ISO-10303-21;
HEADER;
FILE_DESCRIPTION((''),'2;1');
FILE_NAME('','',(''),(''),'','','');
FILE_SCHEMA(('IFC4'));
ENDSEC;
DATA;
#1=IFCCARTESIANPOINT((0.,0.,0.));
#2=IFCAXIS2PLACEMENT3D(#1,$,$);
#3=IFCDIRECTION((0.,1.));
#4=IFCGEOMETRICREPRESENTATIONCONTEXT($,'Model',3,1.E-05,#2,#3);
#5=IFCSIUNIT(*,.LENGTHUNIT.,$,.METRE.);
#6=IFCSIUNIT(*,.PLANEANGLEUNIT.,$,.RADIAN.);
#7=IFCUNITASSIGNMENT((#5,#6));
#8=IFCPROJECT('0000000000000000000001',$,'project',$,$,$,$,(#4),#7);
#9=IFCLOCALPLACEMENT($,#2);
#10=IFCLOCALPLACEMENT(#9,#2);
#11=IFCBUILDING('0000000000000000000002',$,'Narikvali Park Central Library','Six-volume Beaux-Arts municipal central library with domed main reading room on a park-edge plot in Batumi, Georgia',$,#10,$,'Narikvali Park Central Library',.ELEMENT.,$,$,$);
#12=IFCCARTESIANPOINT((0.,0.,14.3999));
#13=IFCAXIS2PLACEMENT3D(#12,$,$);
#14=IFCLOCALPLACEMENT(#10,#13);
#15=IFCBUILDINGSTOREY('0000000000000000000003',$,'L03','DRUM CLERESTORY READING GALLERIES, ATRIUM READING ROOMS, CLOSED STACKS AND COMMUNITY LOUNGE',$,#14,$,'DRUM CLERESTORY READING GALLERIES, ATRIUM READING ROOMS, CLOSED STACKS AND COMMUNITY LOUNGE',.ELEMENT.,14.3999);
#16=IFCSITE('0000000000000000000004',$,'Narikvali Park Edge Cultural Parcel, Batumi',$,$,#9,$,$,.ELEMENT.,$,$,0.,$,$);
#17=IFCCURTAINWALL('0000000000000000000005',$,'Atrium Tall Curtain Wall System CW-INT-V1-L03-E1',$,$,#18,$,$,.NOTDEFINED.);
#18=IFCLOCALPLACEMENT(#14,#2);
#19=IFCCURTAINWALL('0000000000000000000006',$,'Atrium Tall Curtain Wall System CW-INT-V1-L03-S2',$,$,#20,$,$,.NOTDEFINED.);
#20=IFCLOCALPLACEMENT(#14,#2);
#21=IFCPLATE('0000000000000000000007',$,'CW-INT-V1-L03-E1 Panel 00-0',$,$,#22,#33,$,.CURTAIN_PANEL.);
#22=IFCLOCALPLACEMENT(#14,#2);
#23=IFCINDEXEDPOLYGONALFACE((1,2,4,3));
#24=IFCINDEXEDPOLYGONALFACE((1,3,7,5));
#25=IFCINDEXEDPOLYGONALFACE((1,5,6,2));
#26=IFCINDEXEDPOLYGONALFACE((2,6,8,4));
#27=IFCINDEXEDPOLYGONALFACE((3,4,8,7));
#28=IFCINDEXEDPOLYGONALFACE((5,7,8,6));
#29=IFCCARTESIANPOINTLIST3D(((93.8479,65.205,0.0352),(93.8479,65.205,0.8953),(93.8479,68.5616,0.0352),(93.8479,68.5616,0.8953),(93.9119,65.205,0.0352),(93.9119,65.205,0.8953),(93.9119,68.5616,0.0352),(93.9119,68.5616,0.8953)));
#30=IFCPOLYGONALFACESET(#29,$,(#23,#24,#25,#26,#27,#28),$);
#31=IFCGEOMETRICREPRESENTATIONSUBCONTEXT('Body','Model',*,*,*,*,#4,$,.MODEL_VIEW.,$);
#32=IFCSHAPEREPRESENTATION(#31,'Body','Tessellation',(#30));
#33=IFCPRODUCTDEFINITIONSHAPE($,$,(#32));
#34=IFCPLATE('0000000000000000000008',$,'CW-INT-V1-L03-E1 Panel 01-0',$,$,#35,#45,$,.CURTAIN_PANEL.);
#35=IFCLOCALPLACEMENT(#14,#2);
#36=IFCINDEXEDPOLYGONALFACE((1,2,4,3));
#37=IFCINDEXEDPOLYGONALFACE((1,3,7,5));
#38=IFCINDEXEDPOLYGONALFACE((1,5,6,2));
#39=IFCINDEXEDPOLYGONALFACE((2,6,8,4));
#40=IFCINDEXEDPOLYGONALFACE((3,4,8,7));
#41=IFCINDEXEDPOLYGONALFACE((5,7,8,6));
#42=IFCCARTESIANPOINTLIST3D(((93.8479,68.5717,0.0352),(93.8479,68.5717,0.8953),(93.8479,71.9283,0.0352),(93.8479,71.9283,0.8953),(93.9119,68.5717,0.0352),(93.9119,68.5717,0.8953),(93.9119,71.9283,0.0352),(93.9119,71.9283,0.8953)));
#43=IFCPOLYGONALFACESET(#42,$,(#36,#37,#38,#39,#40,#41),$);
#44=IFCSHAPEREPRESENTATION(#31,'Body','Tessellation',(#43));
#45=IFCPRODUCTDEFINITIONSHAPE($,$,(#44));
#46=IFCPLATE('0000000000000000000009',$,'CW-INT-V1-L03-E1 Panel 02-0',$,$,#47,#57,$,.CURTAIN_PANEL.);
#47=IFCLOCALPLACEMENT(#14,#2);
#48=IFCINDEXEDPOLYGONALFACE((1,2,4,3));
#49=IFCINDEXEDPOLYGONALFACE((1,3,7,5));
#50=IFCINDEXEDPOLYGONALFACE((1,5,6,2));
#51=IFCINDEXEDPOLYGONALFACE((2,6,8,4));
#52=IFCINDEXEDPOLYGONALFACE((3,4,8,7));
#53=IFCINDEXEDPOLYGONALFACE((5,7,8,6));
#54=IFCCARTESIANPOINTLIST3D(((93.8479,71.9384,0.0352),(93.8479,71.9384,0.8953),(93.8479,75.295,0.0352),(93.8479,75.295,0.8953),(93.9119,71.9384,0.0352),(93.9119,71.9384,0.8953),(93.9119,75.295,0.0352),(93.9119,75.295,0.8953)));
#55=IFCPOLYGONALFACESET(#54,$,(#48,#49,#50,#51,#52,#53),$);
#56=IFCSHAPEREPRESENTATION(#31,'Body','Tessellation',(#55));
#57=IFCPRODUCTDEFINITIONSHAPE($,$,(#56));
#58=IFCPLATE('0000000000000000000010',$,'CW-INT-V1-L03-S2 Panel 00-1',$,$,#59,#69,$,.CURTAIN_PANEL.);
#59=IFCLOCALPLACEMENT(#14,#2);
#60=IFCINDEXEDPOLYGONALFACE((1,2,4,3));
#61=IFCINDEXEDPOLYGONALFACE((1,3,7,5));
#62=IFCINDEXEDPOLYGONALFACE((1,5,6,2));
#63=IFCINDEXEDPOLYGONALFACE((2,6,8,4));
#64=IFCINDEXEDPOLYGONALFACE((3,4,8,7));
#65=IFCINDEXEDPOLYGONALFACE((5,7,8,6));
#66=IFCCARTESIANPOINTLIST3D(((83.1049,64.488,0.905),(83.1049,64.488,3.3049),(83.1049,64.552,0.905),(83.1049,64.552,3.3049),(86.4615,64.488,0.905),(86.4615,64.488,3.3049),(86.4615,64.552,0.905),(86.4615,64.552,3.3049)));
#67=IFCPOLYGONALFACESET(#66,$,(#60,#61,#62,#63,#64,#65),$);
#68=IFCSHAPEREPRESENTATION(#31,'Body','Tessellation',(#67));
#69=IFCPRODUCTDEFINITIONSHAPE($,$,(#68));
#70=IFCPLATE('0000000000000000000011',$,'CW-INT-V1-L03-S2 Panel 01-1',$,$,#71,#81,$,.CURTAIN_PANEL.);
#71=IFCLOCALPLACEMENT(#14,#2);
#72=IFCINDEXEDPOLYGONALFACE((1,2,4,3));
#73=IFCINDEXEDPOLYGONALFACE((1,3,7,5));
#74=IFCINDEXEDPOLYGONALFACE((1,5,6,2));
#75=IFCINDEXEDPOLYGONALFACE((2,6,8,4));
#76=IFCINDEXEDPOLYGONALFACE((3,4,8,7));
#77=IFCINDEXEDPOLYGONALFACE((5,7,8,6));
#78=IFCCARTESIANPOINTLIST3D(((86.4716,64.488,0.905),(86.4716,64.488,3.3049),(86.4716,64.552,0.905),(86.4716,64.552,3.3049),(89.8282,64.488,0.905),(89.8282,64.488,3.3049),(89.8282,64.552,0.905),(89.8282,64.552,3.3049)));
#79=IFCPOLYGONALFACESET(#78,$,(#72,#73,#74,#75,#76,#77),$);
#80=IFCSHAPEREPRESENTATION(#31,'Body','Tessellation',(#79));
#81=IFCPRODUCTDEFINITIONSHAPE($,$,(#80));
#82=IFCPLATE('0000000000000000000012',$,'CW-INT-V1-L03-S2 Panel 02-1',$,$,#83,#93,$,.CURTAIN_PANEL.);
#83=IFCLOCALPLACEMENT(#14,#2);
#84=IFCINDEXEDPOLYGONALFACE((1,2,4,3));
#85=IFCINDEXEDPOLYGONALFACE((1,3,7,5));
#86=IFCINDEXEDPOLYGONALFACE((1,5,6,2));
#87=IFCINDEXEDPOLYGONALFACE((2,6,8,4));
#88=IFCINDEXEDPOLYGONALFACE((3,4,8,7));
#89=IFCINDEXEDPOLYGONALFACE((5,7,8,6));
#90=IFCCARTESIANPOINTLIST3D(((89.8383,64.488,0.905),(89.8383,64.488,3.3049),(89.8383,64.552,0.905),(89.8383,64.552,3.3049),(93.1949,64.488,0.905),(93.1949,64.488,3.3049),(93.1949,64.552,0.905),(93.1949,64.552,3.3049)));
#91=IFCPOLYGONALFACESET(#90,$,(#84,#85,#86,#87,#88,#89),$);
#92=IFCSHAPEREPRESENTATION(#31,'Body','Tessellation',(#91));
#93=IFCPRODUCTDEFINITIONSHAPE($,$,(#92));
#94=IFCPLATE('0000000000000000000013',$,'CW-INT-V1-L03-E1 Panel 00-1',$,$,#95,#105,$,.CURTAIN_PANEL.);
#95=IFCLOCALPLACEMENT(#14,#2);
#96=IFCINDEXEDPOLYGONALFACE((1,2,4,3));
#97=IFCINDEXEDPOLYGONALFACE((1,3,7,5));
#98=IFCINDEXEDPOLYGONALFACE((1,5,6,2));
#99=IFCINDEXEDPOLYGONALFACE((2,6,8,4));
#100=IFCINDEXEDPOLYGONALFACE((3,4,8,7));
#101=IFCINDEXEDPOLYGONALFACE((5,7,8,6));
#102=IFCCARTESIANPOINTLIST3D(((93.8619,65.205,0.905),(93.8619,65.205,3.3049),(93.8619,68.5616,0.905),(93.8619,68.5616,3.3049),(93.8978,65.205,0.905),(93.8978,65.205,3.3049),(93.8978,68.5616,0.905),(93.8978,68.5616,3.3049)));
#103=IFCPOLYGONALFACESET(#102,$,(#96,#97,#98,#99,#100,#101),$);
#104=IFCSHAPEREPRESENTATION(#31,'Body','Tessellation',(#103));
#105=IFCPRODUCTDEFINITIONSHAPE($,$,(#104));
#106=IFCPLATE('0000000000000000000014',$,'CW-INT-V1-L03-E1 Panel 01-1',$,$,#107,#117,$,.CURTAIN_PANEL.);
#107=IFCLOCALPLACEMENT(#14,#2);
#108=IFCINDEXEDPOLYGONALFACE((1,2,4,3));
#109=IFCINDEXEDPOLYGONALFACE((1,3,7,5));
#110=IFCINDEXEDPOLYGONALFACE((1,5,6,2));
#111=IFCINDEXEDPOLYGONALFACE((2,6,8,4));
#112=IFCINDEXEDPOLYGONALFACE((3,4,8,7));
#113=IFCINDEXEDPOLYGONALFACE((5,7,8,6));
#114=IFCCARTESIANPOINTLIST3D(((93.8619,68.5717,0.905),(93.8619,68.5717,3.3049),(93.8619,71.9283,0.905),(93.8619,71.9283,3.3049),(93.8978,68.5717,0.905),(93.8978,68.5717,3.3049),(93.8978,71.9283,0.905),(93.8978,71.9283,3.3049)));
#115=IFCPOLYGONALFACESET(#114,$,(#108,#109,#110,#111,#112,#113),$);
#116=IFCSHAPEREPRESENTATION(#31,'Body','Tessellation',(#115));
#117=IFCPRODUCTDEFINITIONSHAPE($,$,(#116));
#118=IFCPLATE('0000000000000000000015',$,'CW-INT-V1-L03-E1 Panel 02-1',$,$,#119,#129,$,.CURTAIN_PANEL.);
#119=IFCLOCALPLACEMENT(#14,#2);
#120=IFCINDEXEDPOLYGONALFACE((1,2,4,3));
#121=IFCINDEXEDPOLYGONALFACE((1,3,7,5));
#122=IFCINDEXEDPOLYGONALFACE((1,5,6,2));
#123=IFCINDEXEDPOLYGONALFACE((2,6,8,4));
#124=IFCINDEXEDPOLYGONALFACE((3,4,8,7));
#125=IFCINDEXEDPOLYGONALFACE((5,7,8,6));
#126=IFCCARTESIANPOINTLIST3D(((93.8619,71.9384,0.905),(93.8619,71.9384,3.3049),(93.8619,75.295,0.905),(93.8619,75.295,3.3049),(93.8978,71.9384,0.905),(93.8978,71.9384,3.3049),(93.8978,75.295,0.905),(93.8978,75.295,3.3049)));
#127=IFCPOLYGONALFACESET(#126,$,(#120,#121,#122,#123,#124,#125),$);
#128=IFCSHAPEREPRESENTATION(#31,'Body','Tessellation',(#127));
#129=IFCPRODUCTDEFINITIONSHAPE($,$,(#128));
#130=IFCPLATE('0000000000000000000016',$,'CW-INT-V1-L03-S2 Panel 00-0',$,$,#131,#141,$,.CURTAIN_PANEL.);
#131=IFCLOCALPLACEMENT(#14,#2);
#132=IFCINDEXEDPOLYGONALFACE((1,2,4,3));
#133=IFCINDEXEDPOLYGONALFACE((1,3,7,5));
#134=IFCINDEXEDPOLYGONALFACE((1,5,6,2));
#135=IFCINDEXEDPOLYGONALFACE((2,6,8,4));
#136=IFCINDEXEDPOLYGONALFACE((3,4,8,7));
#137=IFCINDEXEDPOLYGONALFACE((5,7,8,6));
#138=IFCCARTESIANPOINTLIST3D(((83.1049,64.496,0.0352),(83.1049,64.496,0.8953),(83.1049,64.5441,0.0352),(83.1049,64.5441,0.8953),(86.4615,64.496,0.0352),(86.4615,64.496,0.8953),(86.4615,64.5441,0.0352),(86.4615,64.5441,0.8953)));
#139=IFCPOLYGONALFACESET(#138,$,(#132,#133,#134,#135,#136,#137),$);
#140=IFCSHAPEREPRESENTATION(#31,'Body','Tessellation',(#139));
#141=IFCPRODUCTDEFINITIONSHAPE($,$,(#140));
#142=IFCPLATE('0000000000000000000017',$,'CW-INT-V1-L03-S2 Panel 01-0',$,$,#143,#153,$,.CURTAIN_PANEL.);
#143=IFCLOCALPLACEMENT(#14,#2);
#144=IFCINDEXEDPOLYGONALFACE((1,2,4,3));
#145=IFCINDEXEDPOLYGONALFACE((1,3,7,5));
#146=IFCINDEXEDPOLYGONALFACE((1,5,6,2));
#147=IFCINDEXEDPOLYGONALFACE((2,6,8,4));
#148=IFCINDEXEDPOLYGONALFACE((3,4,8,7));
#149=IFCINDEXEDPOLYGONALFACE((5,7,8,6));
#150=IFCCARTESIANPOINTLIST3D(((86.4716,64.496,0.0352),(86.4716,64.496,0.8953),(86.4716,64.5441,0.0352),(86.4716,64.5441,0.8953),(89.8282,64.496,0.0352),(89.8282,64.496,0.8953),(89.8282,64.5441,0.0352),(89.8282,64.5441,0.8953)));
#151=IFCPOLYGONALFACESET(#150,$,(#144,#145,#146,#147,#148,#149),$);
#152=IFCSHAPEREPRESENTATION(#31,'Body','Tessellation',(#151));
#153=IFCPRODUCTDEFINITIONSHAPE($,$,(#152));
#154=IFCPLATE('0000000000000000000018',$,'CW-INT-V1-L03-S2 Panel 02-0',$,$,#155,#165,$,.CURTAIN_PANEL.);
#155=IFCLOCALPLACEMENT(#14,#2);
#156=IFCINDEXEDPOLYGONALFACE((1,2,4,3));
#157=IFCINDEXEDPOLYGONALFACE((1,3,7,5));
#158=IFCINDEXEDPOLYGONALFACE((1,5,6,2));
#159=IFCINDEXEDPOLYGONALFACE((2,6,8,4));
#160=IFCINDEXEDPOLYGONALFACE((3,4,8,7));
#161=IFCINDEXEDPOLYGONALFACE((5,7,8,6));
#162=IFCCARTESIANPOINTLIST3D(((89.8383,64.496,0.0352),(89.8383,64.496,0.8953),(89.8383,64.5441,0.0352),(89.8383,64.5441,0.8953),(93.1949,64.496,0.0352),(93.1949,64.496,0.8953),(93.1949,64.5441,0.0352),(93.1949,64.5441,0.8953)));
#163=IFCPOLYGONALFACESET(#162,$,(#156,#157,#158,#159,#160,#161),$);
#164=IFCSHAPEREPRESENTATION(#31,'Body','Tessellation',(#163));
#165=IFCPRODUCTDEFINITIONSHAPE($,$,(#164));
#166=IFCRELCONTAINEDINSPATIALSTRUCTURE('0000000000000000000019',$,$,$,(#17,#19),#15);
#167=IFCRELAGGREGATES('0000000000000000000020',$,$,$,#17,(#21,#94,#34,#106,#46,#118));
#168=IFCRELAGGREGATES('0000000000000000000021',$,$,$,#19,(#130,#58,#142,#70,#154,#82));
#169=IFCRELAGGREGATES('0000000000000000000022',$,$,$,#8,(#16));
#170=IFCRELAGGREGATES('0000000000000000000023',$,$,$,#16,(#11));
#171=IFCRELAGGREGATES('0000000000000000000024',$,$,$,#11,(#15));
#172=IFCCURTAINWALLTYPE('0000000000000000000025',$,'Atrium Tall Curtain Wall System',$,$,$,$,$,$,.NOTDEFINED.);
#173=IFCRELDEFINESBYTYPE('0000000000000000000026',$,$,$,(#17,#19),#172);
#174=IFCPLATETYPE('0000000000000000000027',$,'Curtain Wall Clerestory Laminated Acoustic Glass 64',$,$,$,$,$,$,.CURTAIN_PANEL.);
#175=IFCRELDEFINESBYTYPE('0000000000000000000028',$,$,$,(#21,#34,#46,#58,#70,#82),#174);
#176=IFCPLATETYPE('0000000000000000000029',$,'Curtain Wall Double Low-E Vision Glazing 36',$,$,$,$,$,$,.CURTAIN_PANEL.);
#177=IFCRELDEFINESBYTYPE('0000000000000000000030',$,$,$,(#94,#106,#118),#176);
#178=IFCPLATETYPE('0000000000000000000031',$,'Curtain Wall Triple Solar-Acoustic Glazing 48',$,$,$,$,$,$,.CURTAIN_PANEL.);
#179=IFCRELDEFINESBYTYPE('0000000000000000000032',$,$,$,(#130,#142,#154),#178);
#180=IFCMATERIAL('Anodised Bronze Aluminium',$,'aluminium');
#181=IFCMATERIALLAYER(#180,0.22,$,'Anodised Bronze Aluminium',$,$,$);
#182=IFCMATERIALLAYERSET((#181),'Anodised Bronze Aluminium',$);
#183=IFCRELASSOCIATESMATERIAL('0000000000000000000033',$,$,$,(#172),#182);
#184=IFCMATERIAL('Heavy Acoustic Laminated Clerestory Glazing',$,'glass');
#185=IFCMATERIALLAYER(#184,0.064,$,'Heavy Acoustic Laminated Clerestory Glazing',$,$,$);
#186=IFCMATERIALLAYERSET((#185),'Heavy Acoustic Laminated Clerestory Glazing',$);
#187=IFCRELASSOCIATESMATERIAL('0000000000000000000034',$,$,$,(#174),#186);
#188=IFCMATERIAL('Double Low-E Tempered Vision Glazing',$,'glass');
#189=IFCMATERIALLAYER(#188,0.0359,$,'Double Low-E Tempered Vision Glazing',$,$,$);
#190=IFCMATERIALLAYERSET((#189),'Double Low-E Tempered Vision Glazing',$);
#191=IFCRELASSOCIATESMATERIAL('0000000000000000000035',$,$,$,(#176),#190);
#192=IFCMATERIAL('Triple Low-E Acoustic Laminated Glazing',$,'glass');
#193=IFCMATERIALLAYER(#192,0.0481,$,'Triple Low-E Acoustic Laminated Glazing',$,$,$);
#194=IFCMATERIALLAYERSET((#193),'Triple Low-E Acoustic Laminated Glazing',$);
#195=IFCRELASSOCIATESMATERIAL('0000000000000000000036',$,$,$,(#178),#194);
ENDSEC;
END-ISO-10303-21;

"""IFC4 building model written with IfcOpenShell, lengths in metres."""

from ifc_helpers import new_model, si_unit, direction, frame, origin, origin_2d, place, context, subcontext, project, spatial, rectangle, extrude, material, layer, layer_set, type_object, element, aggregate, save


model = new_model("IFC4")

# Units and contexts
model_context = context("Model", 3, precision=1e-05, world=origin(), true_north=direction((0.0, 1.0)))
body_context = subcontext(model_context, "Body", "Model", "MODEL_VIEW")
ifc_project = project(units=[si_unit("LENGTHUNIT", "METRE"), si_unit("PLANEANGLEUNIT", "RADIAN")], contexts=[model_context])

# Site, building, storey
site_placement = place(None, origin())
site = spatial("IfcSite", under=ifc_project, at=site_placement, Name="Narikvali Park Edge Cultural Parcel, Batumi", CompositionType="ELEMENT", RefElevation=0.0)
building_placement = place(site_placement, origin())
building = spatial("IfcBuilding", under=site, at=building_placement, Name="Narikvali Park Central Library", Description="Six-volume Beaux-Arts municipal central library with domed main reading room on a park-edge plot in Batumi, Georgia", LongName="Narikvali Park Central Library", CompositionType="ELEMENT")
storey_placement = place(building_placement, frame((0.0, 0.0, 14.3999)))
storey = spatial("IfcBuildingStorey", under=building, at=storey_placement, Name="L03", Description="DRUM CLERESTORY READING GALLERIES, ATRIUM READING ROOMS, CLOSED STACKS AND COMMUNITY LOUNGE", LongName="DRUM CLERESTORY READING GALLERIES, ATRIUM READING ROOMS, CLOSED STACKS AND COMMUNITY LOUNGE", CompositionType="ELEMENT", Elevation=14.3999)

# Curtain walls
ifc_material_1 = material(Name="Anodised Bronze Aluminium", Category="aluminium")
ifc_layer_1 = layer(ifc_material_1, 0.22, Name="Anodised Bronze Aluminium")
ifc_layer_set_1 = layer_set([ifc_layer_1], Name="Anodised Bronze Aluminium")
curtain_wall_type = type_object("IfcCurtainWallType", Name="Atrium Tall Curtain Wall System", PredefinedType="NOTDEFINED", material=ifc_layer_set_1)
curtain_wall_1_placement = place(storey_placement, origin())
curtain_wall_1 = element("IfcCurtainWall", 1, at=curtain_wall_1_placement, inside=storey, type_object=curtain_wall_type, Name="Atrium Tall Curtain Wall System CW-INT-V1-L03-E1", PredefinedType="NOTDEFINED")
curtain_wall_2_placement = place(storey_placement, origin())
curtain_wall_2 = element("IfcCurtainWall", 2, at=curtain_wall_2_placement, inside=storey, type_object=curtain_wall_type, Name="Atrium Tall Curtain Wall System CW-INT-V1-L03-S2", PredefinedType="NOTDEFINED")

# Plates
ifc_material_2 = material(Name="Heavy Acoustic Laminated Clerestory Glazing", Category="glass")
ifc_layer_2 = layer(ifc_material_2, 0.064, Name="Heavy Acoustic Laminated Clerestory Glazing")
ifc_layer_set_2 = layer_set([ifc_layer_2], Name="Heavy Acoustic Laminated Clerestory Glazing")
plate_type_1 = type_object("IfcPlateType", Name="Curtain Wall Clerestory Laminated Acoustic Glass 64", PredefinedType="CURTAIN_PANEL", material=ifc_layer_set_2)
plate_1_placement = place(storey_placement, frame((93.8799, 66.8833, 0.0352), z_axis=(0.0, 0.0, 1.0), x_axis=(0.0, 1.0, 0.0)))
plate_1 = element("IfcPlate", 3, at=plate_1_placement, type_object=plate_type_1, Name="CW-INT-V1-L03-E1 Panel 00-0", PredefinedType="CURTAIN_PANEL", context=body_context, shape_type="SweptSolid", body=[
    extrude(rectangle(XDim=3.3567, YDim=0.064, at=origin_2d()), origin(), (0.0, 0.0, 1.0), 0.8601),
])
plate_2_placement = place(storey_placement, frame((93.8799, 70.25, 0.0352), z_axis=(0.0, 0.0, 1.0), x_axis=(0.0, 1.0, 0.0)))
plate_2 = element("IfcPlate", 4, at=plate_2_placement, type_object=plate_type_1, Name="CW-INT-V1-L03-E1 Panel 01-0", PredefinedType="CURTAIN_PANEL", context=body_context, shape_type="SweptSolid", body=[
    extrude(rectangle(XDim=3.3567, YDim=0.064, at=origin_2d()), origin(), (0.0, 0.0, 1.0), 0.8601),
])
plate_3_placement = place(storey_placement, frame((93.8799, 73.6167, 0.0352), z_axis=(0.0, 0.0, 1.0), x_axis=(0.0, 1.0, 0.0)))
plate_3 = element("IfcPlate", 5, at=plate_3_placement, type_object=plate_type_1, Name="CW-INT-V1-L03-E1 Panel 02-0", PredefinedType="CURTAIN_PANEL", context=body_context, shape_type="SweptSolid", body=[
    extrude(rectangle(XDim=3.3567, YDim=0.064, at=origin_2d()), origin(), (0.0, 0.0, 1.0), 0.8601),
])
plate_4_placement = place(storey_placement, frame((84.7832, 64.52, 0.905), z_axis=(0.0, 0.0, 1.0), x_axis=(1.0, 0.0, 0.0)))
plate_4 = element("IfcPlate", 6, at=plate_4_placement, type_object=plate_type_1, Name="CW-INT-V1-L03-S2 Panel 00-1", PredefinedType="CURTAIN_PANEL", context=body_context, shape_type="SweptSolid", body=[
    extrude(rectangle(XDim=3.3567, YDim=0.064, at=origin_2d()), origin(), (0.0, 0.0, 1.0), 2.3999),
])
plate_5_placement = place(storey_placement, frame((88.1499, 64.52, 0.905), z_axis=(0.0, 0.0, 1.0), x_axis=(1.0, 0.0, 0.0)))
plate_5 = element("IfcPlate", 7, at=plate_5_placement, type_object=plate_type_1, Name="CW-INT-V1-L03-S2 Panel 01-1", PredefinedType="CURTAIN_PANEL", context=body_context, shape_type="SweptSolid", body=[
    extrude(rectangle(XDim=3.3567, YDim=0.064, at=origin_2d()), origin(), (0.0, 0.0, 1.0), 2.3999),
])
plate_6_placement = place(storey_placement, frame((91.5166, 64.52, 0.905), z_axis=(0.0, 0.0, 1.0), x_axis=(1.0, 0.0, 0.0)))
plate_6 = element("IfcPlate", 8, at=plate_6_placement, type_object=plate_type_1, Name="CW-INT-V1-L03-S2 Panel 02-1", PredefinedType="CURTAIN_PANEL", context=body_context, shape_type="SweptSolid", body=[
    extrude(rectangle(XDim=3.3567, YDim=0.064, at=origin_2d()), origin(), (0.0, 0.0, 1.0), 2.3999),
])
ifc_material_3 = material(Name="Double Low-E Tempered Vision Glazing", Category="glass")
ifc_layer_3 = layer(ifc_material_3, 0.0359, Name="Double Low-E Tempered Vision Glazing")
ifc_layer_set_3 = layer_set([ifc_layer_3], Name="Double Low-E Tempered Vision Glazing")
plate_type_2 = type_object("IfcPlateType", Name="Curtain Wall Double Low-E Vision Glazing 36", PredefinedType="CURTAIN_PANEL", material=ifc_layer_set_3)
plate_7_placement = place(storey_placement, frame((93.8799, 66.8833, 0.905), z_axis=(0.0, 0.0, 1.0), x_axis=(0.0, 1.0, 0.0)))
plate_7 = element("IfcPlate", 9, at=plate_7_placement, type_object=plate_type_2, Name="CW-INT-V1-L03-E1 Panel 00-1", PredefinedType="CURTAIN_PANEL", context=body_context, shape_type="SweptSolid", body=[
    extrude(rectangle(XDim=3.3567, YDim=0.0359, at=origin_2d()), origin(), (0.0, 0.0, 1.0), 2.3999),
])
plate_8_placement = place(storey_placement, frame((93.8799, 70.25, 0.905), z_axis=(0.0, 0.0, 1.0), x_axis=(0.0, 1.0, 0.0)))
plate_8 = element("IfcPlate", 10, at=plate_8_placement, type_object=plate_type_2, Name="CW-INT-V1-L03-E1 Panel 01-1", PredefinedType="CURTAIN_PANEL", context=body_context, shape_type="SweptSolid", body=[
    extrude(rectangle(XDim=3.3567, YDim=0.0359, at=origin_2d()), origin(), (0.0, 0.0, 1.0), 2.3999),
])
plate_9_placement = place(storey_placement, frame((93.8799, 73.6167, 0.905), z_axis=(0.0, 0.0, 1.0), x_axis=(0.0, 1.0, 0.0)))
plate_9 = element("IfcPlate", 11, at=plate_9_placement, type_object=plate_type_2, Name="CW-INT-V1-L03-E1 Panel 02-1", PredefinedType="CURTAIN_PANEL", context=body_context, shape_type="SweptSolid", body=[
    extrude(rectangle(XDim=3.3567, YDim=0.0359, at=origin_2d()), origin(), (0.0, 0.0, 1.0), 2.3999),
])
aggregate(curtain_wall_1, [plate_1, plate_7, plate_2, plate_8, plate_3, plate_9])
ifc_material_4 = material(Name="Triple Low-E Acoustic Laminated Glazing", Category="glass")
ifc_layer_4 = layer(ifc_material_4, 0.0481, Name="Triple Low-E Acoustic Laminated Glazing")
ifc_layer_set_4 = layer_set([ifc_layer_4], Name="Triple Low-E Acoustic Laminated Glazing")
plate_type_3 = type_object("IfcPlateType", Name="Curtain Wall Triple Solar-Acoustic Glazing 48", PredefinedType="CURTAIN_PANEL", material=ifc_layer_set_4)
plate_10_placement = place(storey_placement, frame((84.7832, 64.52, 0.0352), z_axis=(0.0, 0.0, 1.0), x_axis=(1.0, 0.0, 0.0)))
plate_10 = element("IfcPlate", 12, at=plate_10_placement, type_object=plate_type_3, Name="CW-INT-V1-L03-S2 Panel 00-0", PredefinedType="CURTAIN_PANEL", context=body_context, shape_type="SweptSolid", body=[
    extrude(rectangle(XDim=3.3567, YDim=0.0481, at=origin_2d()), origin(), (0.0, 0.0, 1.0), 0.8601),
])
plate_11_placement = place(storey_placement, frame((88.1499, 64.52, 0.0352), z_axis=(0.0, 0.0, 1.0), x_axis=(1.0, 0.0, 0.0)))
plate_11 = element("IfcPlate", 13, at=plate_11_placement, type_object=plate_type_3, Name="CW-INT-V1-L03-S2 Panel 01-0", PredefinedType="CURTAIN_PANEL", context=body_context, shape_type="SweptSolid", body=[
    extrude(rectangle(XDim=3.3567, YDim=0.0481, at=origin_2d()), origin(), (0.0, 0.0, 1.0), 0.8601),
])
plate_12_placement = place(storey_placement, frame((91.5166, 64.52, 0.0352), z_axis=(0.0, 0.0, 1.0), x_axis=(1.0, 0.0, 0.0)))
plate_12 = element("IfcPlate", 14, at=plate_12_placement, type_object=plate_type_3, Name="CW-INT-V1-L03-S2 Panel 02-0", PredefinedType="CURTAIN_PANEL", context=body_context, shape_type="SweptSolid", body=[
    extrude(rectangle(XDim=3.3567, YDim=0.0481, at=origin_2d()), origin(), (0.0, 0.0, 1.0), 0.8601),
])
aggregate(curtain_wall_2, [plate_10, plate_4, plate_11, plate_5, plate_12, plate_6])

save(model, "model.ifc")
